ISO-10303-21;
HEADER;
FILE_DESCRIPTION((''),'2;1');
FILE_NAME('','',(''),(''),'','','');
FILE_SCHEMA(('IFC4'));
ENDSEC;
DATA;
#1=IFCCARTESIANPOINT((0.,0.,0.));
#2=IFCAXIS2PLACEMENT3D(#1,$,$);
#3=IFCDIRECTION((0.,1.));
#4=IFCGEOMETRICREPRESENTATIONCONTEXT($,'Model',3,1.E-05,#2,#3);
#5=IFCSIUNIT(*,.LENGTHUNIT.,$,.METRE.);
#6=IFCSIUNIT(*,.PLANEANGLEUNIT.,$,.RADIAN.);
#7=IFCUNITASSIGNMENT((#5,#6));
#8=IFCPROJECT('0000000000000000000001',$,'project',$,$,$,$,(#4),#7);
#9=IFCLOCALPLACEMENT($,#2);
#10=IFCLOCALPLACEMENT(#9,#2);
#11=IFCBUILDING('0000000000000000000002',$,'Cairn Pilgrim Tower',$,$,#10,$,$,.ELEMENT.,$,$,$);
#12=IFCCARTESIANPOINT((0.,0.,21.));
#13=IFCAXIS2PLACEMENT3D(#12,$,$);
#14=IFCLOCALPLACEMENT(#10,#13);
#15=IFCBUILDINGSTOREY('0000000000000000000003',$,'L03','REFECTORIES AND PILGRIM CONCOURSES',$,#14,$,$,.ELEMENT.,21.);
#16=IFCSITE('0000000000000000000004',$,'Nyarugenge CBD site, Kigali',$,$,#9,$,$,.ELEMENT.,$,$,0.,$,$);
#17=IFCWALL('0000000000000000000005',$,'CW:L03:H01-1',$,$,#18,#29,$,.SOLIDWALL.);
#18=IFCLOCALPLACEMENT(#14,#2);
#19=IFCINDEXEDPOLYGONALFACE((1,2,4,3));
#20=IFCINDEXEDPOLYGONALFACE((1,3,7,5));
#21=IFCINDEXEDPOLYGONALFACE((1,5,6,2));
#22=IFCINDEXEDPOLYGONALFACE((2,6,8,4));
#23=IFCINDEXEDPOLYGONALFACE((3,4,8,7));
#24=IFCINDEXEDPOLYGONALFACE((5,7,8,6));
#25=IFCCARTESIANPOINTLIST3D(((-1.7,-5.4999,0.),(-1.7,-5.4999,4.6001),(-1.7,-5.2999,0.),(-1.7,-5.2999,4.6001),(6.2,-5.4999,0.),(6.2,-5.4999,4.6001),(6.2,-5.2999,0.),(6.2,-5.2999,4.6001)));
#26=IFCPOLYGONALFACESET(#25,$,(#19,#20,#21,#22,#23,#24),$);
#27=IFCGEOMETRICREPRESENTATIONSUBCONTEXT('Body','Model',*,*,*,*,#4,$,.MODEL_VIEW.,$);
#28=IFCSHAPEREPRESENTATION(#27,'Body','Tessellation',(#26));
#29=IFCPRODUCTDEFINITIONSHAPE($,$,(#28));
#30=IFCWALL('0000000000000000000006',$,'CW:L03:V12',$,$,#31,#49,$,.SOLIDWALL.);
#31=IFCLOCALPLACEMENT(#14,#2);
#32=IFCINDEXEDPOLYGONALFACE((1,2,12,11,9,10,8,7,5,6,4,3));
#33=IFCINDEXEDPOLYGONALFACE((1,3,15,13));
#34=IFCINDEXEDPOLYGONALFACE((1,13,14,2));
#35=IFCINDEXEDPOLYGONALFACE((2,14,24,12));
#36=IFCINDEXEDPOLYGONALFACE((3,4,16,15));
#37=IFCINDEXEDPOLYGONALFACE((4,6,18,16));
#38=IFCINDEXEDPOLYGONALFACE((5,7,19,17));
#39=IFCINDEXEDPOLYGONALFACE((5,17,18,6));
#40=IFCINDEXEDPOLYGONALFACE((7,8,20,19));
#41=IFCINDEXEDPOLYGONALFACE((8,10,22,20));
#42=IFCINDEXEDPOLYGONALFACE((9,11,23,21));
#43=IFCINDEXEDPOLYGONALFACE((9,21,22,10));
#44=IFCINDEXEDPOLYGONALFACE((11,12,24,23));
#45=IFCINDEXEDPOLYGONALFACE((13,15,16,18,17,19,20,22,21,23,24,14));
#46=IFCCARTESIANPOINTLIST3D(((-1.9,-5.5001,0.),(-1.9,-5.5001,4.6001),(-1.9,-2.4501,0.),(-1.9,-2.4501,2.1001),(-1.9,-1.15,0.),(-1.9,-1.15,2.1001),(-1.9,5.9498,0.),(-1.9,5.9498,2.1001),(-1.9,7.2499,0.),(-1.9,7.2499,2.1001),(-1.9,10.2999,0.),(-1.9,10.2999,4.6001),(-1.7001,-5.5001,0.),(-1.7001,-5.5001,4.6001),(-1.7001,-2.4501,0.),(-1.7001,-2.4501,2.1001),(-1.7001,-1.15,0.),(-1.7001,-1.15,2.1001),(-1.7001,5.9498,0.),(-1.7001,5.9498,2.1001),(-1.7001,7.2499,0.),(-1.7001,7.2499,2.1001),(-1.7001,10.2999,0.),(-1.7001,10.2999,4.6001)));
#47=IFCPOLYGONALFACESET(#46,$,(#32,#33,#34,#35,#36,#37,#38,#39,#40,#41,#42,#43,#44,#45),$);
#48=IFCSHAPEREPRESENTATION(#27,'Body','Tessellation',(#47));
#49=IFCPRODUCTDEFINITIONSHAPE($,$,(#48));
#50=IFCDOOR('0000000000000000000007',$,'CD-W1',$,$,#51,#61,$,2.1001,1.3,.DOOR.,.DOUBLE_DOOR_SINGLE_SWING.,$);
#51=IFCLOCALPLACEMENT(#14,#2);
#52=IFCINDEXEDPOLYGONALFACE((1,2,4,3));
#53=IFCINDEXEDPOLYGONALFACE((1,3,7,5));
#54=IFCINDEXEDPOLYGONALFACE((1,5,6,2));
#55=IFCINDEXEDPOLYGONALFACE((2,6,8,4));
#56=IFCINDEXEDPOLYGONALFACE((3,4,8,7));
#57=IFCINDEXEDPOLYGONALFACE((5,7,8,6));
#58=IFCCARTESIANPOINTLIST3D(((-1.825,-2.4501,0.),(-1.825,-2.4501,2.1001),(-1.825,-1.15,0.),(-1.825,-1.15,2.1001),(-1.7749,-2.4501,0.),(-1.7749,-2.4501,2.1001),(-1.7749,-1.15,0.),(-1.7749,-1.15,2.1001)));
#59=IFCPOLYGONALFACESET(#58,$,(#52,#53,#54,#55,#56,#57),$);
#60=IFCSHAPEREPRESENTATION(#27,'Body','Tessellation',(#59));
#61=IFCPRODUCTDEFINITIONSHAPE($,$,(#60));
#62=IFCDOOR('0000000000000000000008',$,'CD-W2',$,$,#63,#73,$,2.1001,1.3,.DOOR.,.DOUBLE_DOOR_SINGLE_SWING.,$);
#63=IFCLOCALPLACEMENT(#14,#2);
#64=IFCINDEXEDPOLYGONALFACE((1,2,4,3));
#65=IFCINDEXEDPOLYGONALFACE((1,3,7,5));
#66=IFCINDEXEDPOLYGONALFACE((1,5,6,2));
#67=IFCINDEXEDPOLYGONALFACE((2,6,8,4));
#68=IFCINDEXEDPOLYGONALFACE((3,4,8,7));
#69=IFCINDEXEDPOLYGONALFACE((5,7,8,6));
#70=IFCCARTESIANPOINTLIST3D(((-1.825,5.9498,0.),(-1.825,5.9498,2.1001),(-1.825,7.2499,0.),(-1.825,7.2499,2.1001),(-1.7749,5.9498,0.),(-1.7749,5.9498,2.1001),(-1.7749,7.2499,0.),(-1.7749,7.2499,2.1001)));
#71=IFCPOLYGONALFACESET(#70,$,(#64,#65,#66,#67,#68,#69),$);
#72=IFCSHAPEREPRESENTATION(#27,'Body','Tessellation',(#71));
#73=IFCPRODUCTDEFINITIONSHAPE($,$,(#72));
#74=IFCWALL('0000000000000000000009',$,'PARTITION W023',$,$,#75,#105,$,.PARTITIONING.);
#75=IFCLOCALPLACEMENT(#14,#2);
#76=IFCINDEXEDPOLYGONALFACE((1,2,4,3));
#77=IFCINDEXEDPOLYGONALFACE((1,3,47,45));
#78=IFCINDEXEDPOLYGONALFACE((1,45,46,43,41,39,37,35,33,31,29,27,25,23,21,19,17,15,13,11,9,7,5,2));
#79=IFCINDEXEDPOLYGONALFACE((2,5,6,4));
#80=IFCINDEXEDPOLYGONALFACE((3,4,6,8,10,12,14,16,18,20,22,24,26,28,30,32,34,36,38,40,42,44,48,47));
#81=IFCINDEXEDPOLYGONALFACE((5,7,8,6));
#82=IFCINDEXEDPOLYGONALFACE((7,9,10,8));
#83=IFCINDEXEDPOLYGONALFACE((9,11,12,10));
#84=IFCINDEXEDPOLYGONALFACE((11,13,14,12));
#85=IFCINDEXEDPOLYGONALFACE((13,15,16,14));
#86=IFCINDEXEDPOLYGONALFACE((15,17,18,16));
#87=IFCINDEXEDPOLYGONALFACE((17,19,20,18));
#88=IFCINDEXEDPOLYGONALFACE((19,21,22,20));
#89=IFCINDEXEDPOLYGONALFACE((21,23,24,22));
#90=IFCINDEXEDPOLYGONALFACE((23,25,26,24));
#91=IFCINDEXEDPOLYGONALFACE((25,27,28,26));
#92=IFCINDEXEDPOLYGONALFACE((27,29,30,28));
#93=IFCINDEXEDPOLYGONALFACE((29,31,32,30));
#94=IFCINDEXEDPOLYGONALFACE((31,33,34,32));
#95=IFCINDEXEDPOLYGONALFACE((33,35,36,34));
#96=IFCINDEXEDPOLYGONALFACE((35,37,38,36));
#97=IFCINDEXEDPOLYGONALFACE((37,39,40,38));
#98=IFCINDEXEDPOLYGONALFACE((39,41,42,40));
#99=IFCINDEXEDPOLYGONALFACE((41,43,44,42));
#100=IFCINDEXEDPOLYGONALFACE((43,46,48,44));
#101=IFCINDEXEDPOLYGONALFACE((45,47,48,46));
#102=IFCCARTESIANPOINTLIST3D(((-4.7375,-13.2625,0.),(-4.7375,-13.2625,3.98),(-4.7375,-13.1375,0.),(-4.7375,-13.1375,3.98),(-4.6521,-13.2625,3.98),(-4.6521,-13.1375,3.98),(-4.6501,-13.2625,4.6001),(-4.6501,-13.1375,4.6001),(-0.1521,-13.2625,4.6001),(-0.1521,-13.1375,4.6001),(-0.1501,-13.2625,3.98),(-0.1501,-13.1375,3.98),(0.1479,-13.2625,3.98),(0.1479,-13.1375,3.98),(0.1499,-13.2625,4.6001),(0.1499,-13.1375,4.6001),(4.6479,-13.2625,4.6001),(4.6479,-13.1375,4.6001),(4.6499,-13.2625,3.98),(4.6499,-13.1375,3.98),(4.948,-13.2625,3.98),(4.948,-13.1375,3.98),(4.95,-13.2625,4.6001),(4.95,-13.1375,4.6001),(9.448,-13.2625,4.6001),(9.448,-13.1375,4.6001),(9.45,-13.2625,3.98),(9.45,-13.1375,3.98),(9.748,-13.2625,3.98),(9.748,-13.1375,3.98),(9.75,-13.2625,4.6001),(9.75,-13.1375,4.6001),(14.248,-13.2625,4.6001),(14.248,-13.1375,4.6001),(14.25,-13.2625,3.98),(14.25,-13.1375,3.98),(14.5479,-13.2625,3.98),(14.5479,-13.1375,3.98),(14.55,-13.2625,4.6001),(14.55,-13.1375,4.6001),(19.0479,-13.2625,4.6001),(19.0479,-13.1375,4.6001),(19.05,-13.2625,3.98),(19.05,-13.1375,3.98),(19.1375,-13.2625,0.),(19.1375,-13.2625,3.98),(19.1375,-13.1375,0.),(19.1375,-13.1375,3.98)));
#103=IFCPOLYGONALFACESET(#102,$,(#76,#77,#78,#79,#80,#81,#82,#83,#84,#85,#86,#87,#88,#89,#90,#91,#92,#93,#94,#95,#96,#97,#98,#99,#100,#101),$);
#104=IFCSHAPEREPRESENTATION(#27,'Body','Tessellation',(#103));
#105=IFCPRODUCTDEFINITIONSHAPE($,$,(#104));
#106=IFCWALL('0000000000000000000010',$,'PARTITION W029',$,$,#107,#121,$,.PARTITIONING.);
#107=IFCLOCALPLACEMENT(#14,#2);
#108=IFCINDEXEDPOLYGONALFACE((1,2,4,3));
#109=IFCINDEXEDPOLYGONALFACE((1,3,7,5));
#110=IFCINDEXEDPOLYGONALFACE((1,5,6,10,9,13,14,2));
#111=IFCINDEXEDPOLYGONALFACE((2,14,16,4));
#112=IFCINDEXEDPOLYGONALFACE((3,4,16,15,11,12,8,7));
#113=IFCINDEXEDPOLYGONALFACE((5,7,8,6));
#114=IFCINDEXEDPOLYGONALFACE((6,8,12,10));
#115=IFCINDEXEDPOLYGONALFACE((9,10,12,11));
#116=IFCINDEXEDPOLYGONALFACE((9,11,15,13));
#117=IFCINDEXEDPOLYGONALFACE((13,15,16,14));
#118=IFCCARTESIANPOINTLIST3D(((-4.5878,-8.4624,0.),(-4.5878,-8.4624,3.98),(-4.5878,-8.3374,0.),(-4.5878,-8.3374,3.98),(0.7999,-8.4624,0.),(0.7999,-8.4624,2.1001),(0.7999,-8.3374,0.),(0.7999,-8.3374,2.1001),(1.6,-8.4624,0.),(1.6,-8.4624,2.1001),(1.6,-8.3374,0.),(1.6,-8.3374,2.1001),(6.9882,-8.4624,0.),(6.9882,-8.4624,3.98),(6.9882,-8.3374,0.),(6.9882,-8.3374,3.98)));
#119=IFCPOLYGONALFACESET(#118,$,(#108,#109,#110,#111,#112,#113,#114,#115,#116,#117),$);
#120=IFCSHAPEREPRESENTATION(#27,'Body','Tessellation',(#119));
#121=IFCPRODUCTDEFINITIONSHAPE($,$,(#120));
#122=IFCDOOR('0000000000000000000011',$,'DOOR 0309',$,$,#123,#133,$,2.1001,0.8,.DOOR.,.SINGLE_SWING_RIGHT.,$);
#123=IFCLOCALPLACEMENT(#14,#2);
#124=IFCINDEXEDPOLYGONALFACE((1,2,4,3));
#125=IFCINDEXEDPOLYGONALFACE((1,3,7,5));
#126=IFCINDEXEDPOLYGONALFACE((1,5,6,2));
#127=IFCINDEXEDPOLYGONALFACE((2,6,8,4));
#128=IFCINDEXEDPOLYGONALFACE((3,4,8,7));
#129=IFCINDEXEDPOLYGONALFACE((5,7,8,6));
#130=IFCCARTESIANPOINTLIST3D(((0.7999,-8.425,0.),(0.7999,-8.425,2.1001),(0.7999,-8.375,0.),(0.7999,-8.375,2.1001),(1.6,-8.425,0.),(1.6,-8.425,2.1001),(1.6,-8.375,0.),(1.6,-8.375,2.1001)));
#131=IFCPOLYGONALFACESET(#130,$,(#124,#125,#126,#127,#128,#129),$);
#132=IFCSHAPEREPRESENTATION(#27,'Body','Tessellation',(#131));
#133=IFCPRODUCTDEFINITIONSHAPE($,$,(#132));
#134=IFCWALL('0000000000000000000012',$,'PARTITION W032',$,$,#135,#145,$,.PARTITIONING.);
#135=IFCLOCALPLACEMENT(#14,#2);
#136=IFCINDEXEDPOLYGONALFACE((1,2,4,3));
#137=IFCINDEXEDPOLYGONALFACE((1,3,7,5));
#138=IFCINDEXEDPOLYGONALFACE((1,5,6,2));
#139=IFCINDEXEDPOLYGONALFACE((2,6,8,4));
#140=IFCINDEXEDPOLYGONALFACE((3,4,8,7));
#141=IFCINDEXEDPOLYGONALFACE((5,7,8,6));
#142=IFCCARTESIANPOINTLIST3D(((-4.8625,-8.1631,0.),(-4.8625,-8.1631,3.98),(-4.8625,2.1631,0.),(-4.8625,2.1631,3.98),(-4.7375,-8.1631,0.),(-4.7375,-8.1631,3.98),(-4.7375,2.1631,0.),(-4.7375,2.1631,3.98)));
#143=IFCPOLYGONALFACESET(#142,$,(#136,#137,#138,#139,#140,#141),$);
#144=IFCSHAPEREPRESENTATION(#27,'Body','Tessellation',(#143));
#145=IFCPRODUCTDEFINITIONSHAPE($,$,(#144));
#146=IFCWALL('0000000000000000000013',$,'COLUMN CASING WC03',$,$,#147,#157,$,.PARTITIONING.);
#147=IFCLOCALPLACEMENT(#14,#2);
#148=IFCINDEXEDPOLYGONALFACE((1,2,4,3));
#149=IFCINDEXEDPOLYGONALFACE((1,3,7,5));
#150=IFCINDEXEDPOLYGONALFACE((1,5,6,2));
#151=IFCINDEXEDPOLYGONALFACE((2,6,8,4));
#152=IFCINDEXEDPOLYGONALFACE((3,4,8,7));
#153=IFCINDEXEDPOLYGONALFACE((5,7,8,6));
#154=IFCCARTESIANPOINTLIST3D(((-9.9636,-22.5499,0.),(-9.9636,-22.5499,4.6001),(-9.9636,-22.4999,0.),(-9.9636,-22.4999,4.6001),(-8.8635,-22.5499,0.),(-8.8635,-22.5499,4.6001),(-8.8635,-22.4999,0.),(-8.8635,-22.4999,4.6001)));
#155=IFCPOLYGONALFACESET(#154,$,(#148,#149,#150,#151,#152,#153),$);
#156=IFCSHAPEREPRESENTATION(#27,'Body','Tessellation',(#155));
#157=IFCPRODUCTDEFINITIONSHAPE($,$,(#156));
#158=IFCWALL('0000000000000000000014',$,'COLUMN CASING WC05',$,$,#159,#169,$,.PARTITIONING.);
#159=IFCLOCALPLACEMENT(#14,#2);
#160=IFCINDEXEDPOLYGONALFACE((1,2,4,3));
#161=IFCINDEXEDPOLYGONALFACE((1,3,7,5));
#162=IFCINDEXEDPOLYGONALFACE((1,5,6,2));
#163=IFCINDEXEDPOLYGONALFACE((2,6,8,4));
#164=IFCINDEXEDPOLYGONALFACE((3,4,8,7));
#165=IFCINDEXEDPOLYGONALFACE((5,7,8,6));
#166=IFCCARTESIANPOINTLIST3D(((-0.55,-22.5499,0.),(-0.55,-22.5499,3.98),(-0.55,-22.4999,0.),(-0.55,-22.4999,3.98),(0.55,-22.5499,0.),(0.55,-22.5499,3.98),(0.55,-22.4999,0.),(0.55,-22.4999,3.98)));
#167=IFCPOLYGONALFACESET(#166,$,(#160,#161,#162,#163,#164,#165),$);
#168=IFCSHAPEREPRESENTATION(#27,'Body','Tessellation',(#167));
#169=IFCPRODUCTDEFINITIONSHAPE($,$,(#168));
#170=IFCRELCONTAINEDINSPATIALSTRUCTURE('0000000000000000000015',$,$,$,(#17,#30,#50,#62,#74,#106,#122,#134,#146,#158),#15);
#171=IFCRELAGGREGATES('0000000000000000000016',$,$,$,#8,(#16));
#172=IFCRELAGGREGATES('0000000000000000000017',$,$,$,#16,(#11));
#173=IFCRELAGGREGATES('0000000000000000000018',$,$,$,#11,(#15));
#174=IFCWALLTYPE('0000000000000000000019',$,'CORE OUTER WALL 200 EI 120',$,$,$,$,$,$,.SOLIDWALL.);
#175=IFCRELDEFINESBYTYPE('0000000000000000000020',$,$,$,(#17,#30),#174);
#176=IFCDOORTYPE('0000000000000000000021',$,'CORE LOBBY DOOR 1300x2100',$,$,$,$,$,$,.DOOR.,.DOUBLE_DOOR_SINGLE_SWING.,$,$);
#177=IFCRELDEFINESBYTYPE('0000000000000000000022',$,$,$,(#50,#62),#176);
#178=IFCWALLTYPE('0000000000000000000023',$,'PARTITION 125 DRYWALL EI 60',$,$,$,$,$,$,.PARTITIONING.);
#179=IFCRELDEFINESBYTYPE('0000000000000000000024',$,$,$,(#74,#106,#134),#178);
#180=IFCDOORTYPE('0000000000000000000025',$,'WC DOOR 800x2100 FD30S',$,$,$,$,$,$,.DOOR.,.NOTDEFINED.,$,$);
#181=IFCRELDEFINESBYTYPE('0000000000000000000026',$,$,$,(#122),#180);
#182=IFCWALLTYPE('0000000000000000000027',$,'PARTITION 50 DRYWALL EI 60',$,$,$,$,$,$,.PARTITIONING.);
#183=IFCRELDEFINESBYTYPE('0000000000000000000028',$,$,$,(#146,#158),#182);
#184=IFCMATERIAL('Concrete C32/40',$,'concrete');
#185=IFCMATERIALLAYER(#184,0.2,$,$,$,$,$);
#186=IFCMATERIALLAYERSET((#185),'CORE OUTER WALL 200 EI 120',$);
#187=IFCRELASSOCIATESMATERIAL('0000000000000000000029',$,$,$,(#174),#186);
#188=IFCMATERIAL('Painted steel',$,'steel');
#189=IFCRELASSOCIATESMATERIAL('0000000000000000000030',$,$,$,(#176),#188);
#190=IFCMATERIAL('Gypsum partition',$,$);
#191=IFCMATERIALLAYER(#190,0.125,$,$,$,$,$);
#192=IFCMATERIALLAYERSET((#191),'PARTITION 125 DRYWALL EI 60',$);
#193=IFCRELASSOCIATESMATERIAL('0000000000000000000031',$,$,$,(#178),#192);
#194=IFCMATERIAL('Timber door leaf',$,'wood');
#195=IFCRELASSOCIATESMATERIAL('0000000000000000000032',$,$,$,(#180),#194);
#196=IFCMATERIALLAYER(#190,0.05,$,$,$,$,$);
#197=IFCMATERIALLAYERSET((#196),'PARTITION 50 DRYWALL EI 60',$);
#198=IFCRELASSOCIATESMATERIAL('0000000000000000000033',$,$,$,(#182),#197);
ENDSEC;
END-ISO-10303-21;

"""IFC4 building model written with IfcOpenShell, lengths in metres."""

from ifc_helpers import new_model, si_unit, direction, frame, frame_2d, origin, place, context, subcontext, project, spatial, polyline, rectangle, outline, extrude, material, layer, layer_set, type_object, element, fill, save


model = new_model("IFC4")

# Units and contexts
model_context = context("Model", 3, precision=1e-05, world=origin(), true_north=direction((0.0, 1.0)))
body_context = subcontext(model_context, "Body", "Model", "MODEL_VIEW")
ifc_project = project(units=[si_unit("LENGTHUNIT", "METRE"), si_unit("PLANEANGLEUNIT", "RADIAN")], contexts=[model_context])

# Site, building, storey
site_placement = place(None, origin())
site = spatial("IfcSite", under=ifc_project, at=site_placement, Name="Nyarugenge CBD site, Kigali", CompositionType="ELEMENT", RefElevation=0.0)
building_placement = place(site_placement, origin())
building = spatial("IfcBuilding", under=site, at=building_placement, Name="Cairn Pilgrim Tower", CompositionType="ELEMENT")
storey_placement = place(building_placement, frame((0.0, 0.0, 21.0)))
storey = spatial("IfcBuildingStorey", under=building, at=storey_placement, Name="L03", Description="REFECTORIES AND PILGRIM CONCOURSES", CompositionType="ELEMENT", Elevation=21.0)

# Wall
ifc_material_1 = material(Name="Concrete C32/40", Category="concrete")
ifc_layer_1 = layer(ifc_material_1, 0.2)
ifc_layer_set_1 = layer_set([ifc_layer_1], Name="CORE OUTER WALL 200 EI 120")
wall_type_1 = type_object("IfcWallType", Name="CORE OUTER WALL 200 EI 120", PredefinedType="SOLIDWALL", material=ifc_layer_set_1)
wall_1_placement = place(storey_placement, frame((-1.7, -5.3999, 0.0), z_axis=(0.0, 0.0, 1.0), x_axis=(1.0, 0.0, 0.0)))
element("IfcWall", 1, at=wall_1_placement, inside=storey, type_object=wall_type_1, Name="CW:L03:H01-1", PredefinedType="SOLIDWALL", context=body_context, shape_type="SweptSolid", body=[
    extrude(rectangle(XDim=7.8999, YDim=0.2, at=frame_2d((3.95, 0.0))), origin(), (0.0, 0.0, 1.0), 4.6001),
])

# Wall, openings, doors
wall_2_placement = place(storey_placement, frame((-1.8, -5.5, 0.0), z_axis=(0.0, 0.0, 1.0), x_axis=(0.0, 1.0, 0.0)))
wall_2 = element("IfcWall", 2, at=wall_2_placement, inside=storey, type_object=wall_type_1, Name="CW:L03:V12", PredefinedType="SOLIDWALL", context=body_context, shape_type="SweptSolid", body=[
    extrude(rectangle(XDim=15.8, YDim=0.2, at=frame_2d((7.8999, 0.0))), origin(), (0.0, 0.0, 1.0), 4.6001),
])
opening_1_placement = place(wall_2_placement, frame((3.05, 0.0, 0.0)))
opening_1 = element("IfcOpeningElement", 3, at=opening_1_placement, cuts=wall_2, PredefinedType="OPENING", context=body_context, shape_type="SweptSolid", body=[
    extrude(rectangle(XDim=1.3, YDim=2.1001, at=frame_2d((0.6499, 1.05))), frame((0.0, 0.1099, 0.0), z_axis=(0.0, -1.0, 0.0), x_axis=(1.0, 0.0, 0.0)), (0.0, 0.0, 1.0), 0.22),
])
opening_2_placement = place(wall_2_placement, frame((11.45, 0.0, 0.0)))
opening_2 = element("IfcOpeningElement", 4, at=opening_2_placement, cuts=wall_2, PredefinedType="OPENING", context=body_context, shape_type="SweptSolid", body=[
    extrude(rectangle(XDim=1.3, YDim=2.1001, at=frame_2d((0.6499, 1.05))), frame((0.0, 0.1099, 0.0), z_axis=(0.0, -1.0, 0.0), x_axis=(1.0, 0.0, 0.0)), (0.0, 0.0, 1.0), 0.22),
])
ifc_material_2 = material(Name="Painted steel", Category="steel")
door_type_1 = type_object("IfcDoorType", Name="CORE LOBBY DOOR 1300x2100", OperationType="DOUBLE_DOOR_SINGLE_SWING", PredefinedType="DOOR", material=ifc_material_2)
door_1_placement = place(opening_1_placement, origin())
door_1 = element("IfcDoor", 5, at=door_1_placement, inside=storey, type_object=door_type_1, Name="CD-W1", OperationType="DOUBLE_DOOR_SINGLE_SWING", OverallHeight=2.1001, OverallWidth=1.3, PredefinedType="DOOR", context=body_context, shape_type="SweptSolid", body=[
    extrude(rectangle(XDim=1.3, YDim=2.1001, at=frame_2d((0.6499, 1.05))), frame((0.0, 0.0249, 0.0), z_axis=(0.0, -1.0, 0.0), x_axis=(1.0, 0.0, 0.0)), (0.0, 0.0, 1.0), 0.05),
])
fill(opening_1, door_1)
door_2_placement = place(opening_2_placement, origin())
door_2 = element("IfcDoor", 6, at=door_2_placement, inside=storey, type_object=door_type_1, Name="CD-W2", OperationType="DOUBLE_DOOR_SINGLE_SWING", OverallHeight=2.1001, OverallWidth=1.3, PredefinedType="DOOR", context=body_context, shape_type="SweptSolid", body=[
    extrude(rectangle(XDim=1.3, YDim=2.1001, at=frame_2d((0.6499, 1.05))), frame((0.0, 0.0249, 0.0), z_axis=(0.0, -1.0, 0.0), x_axis=(1.0, 0.0, 0.0)), (0.0, 0.0, 1.0), 0.05),
])
fill(opening_2, door_2)

# Wall
ifc_material_3 = material(Name="Gypsum partition")
ifc_layer_2 = layer(ifc_material_3, 0.125)
ifc_layer_set_2 = layer_set([ifc_layer_2], Name="PARTITION 125 DRYWALL EI 60")
wall_type_2 = type_object("IfcWallType", Name="PARTITION 125 DRYWALL EI 60", PredefinedType="PARTITIONING", material=ifc_layer_set_2)
wall_3_placement = place(storey_placement, frame((-4.7375, -13.2, 0.0), z_axis=(0.0, 0.0, 1.0), x_axis=(1.0, 0.0, 0.0)))
element("IfcWall", 7, at=wall_3_placement, inside=storey, type_object=wall_type_2, Name="PARTITION W023", PredefinedType="PARTITIONING", context=body_context, shape_type="SweptSolid", body=[
    extrude(outline(polyline([(0.0, 0.0), (23.875, 0.0), (23.875, 3.98), (23.7876, 3.98), (23.7854, 4.6001), (19.2876, 4.6001), (19.2854, 3.98), (18.9875, 3.98), (18.9856, 4.6001), (14.4875, 4.6001), (14.4856, 3.98), (14.1875, 3.98), (14.1855, 4.6001), (9.6875, 4.6001), (9.6855, 3.98), (9.3875, 3.98), (9.3855, 4.6001), (4.8875, 4.6001), (4.8855, 3.98), (4.5874, 3.98), (4.5854, 4.6001), (0.0874, 4.6001), (0.0854, 3.98), (0.0, 3.98), (0.0, 0.0)])), frame((0.0, 0.0625, 0.0), z_axis=(0.0, -1.0, 0.0), x_axis=(1.0, 0.0, 0.0)), (0.0, 0.0, 1.0), 0.125),
])

# Wall, opening, door
wall_4_placement = place(storey_placement, frame((-4.5879, -8.3999, 0.0), z_axis=(0.0, 0.0, 1.0), x_axis=(1.0, 0.0, 0.0)))
wall_4 = element("IfcWall", 8, at=wall_4_placement, inside=storey, type_object=wall_type_2, Name="PARTITION W029", PredefinedType="PARTITIONING", context=body_context, shape_type="SweptSolid", body=[
    extrude(rectangle(XDim=11.5759, YDim=0.125, at=frame_2d((5.7881, 0.0))), origin(), (0.0, 0.0, 1.0), 3.98),
])
opening_3_placement = place(wall_4_placement, frame((5.3879, 0.0, 0.0)))
opening_3 = element("IfcOpeningElement", 9, at=opening_3_placement, cuts=wall_4, PredefinedType="OPENING", context=body_context, shape_type="SweptSolid", body=[
    extrude(rectangle(XDim=0.8, YDim=2.1001, at=frame_2d((0.3999, 1.05))), frame((0.0, 0.0725, 0.0), z_axis=(0.0, -1.0, 0.0), x_axis=(1.0, 0.0, 0.0)), (0.0, 0.0, 1.0), 0.145),
])
ifc_material_4 = material(Name="Timber door leaf", Category="wood")
door_type_2 = type_object("IfcDoorType", Name="WC DOOR 800x2100 FD30S", OperationType="NOTDEFINED", PredefinedType="DOOR", material=ifc_material_4)
door_3_placement = place(opening_3_placement, origin())
door_3 = element("IfcDoor", 10, at=door_3_placement, inside=storey, type_object=door_type_2, Name="DOOR 0309", OperationType="SINGLE_SWING_RIGHT", OverallHeight=2.1001, OverallWidth=0.8, PredefinedType="DOOR", context=body_context, shape_type="SweptSolid", body=[
    extrude(rectangle(XDim=0.8, YDim=2.1001, at=frame_2d((0.3999, 1.05))), frame((0.0, 0.0249, 0.0), z_axis=(0.0, -1.0, 0.0), x_axis=(1.0, 0.0, 0.0)), (0.0, 0.0, 1.0), 0.05),
])
fill(opening_3, door_3)

# Walls
wall_5_placement = place(storey_placement, frame((-4.8, -8.1631, 0.0), z_axis=(0.0, 0.0, 1.0), x_axis=(0.0, 1.0, 0.0)))
element("IfcWall", 11, at=wall_5_placement, inside=storey, type_object=wall_type_2, Name="PARTITION W032", PredefinedType="PARTITIONING", context=body_context, shape_type="SweptSolid", body=[
    extrude(rectangle(XDim=10.3262, YDim=0.125, at=frame_2d((5.1631, 0.0))), origin(), (0.0, 0.0, 1.0), 3.98),
])
ifc_layer_3 = layer(ifc_material_3, 0.05)
ifc_layer_set_3 = layer_set([ifc_layer_3], Name="PARTITION 50 DRYWALL EI 60")
wall_type_3 = type_object("IfcWallType", Name="PARTITION 50 DRYWALL EI 60", PredefinedType="PARTITIONING", material=ifc_layer_set_3)
wall_6_placement = place(storey_placement, frame((-9.9636, -22.5249, 0.0), z_axis=(0.0, 0.0, 1.0), x_axis=(1.0, 0.0, 0.0)))
element("IfcWall", 12, at=wall_6_placement, inside=storey, type_object=wall_type_3, Name="COLUMN CASING WC03", PredefinedType="PARTITIONING", context=body_context, shape_type="SweptSolid", body=[
    extrude(rectangle(XDim=1.1001, YDim=0.05, at=frame_2d((0.55, 0.0))), origin(), (0.0, 0.0, 1.0), 4.6001),
])
wall_7_placement = place(storey_placement, frame((-0.55, -22.5249, 0.0), z_axis=(0.0, 0.0, 1.0), x_axis=(1.0, 0.0, 0.0)))
element("IfcWall", 13, at=wall_7_placement, inside=storey, type_object=wall_type_3, Name="COLUMN CASING WC05", PredefinedType="PARTITIONING", context=body_context, shape_type="SweptSolid", body=[
    extrude(rectangle(XDim=1.1001, YDim=0.05, at=frame_2d((0.55, 0.0))), origin(), (0.0, 0.0, 1.0), 3.98),
])

save(model, "model.ifc")
